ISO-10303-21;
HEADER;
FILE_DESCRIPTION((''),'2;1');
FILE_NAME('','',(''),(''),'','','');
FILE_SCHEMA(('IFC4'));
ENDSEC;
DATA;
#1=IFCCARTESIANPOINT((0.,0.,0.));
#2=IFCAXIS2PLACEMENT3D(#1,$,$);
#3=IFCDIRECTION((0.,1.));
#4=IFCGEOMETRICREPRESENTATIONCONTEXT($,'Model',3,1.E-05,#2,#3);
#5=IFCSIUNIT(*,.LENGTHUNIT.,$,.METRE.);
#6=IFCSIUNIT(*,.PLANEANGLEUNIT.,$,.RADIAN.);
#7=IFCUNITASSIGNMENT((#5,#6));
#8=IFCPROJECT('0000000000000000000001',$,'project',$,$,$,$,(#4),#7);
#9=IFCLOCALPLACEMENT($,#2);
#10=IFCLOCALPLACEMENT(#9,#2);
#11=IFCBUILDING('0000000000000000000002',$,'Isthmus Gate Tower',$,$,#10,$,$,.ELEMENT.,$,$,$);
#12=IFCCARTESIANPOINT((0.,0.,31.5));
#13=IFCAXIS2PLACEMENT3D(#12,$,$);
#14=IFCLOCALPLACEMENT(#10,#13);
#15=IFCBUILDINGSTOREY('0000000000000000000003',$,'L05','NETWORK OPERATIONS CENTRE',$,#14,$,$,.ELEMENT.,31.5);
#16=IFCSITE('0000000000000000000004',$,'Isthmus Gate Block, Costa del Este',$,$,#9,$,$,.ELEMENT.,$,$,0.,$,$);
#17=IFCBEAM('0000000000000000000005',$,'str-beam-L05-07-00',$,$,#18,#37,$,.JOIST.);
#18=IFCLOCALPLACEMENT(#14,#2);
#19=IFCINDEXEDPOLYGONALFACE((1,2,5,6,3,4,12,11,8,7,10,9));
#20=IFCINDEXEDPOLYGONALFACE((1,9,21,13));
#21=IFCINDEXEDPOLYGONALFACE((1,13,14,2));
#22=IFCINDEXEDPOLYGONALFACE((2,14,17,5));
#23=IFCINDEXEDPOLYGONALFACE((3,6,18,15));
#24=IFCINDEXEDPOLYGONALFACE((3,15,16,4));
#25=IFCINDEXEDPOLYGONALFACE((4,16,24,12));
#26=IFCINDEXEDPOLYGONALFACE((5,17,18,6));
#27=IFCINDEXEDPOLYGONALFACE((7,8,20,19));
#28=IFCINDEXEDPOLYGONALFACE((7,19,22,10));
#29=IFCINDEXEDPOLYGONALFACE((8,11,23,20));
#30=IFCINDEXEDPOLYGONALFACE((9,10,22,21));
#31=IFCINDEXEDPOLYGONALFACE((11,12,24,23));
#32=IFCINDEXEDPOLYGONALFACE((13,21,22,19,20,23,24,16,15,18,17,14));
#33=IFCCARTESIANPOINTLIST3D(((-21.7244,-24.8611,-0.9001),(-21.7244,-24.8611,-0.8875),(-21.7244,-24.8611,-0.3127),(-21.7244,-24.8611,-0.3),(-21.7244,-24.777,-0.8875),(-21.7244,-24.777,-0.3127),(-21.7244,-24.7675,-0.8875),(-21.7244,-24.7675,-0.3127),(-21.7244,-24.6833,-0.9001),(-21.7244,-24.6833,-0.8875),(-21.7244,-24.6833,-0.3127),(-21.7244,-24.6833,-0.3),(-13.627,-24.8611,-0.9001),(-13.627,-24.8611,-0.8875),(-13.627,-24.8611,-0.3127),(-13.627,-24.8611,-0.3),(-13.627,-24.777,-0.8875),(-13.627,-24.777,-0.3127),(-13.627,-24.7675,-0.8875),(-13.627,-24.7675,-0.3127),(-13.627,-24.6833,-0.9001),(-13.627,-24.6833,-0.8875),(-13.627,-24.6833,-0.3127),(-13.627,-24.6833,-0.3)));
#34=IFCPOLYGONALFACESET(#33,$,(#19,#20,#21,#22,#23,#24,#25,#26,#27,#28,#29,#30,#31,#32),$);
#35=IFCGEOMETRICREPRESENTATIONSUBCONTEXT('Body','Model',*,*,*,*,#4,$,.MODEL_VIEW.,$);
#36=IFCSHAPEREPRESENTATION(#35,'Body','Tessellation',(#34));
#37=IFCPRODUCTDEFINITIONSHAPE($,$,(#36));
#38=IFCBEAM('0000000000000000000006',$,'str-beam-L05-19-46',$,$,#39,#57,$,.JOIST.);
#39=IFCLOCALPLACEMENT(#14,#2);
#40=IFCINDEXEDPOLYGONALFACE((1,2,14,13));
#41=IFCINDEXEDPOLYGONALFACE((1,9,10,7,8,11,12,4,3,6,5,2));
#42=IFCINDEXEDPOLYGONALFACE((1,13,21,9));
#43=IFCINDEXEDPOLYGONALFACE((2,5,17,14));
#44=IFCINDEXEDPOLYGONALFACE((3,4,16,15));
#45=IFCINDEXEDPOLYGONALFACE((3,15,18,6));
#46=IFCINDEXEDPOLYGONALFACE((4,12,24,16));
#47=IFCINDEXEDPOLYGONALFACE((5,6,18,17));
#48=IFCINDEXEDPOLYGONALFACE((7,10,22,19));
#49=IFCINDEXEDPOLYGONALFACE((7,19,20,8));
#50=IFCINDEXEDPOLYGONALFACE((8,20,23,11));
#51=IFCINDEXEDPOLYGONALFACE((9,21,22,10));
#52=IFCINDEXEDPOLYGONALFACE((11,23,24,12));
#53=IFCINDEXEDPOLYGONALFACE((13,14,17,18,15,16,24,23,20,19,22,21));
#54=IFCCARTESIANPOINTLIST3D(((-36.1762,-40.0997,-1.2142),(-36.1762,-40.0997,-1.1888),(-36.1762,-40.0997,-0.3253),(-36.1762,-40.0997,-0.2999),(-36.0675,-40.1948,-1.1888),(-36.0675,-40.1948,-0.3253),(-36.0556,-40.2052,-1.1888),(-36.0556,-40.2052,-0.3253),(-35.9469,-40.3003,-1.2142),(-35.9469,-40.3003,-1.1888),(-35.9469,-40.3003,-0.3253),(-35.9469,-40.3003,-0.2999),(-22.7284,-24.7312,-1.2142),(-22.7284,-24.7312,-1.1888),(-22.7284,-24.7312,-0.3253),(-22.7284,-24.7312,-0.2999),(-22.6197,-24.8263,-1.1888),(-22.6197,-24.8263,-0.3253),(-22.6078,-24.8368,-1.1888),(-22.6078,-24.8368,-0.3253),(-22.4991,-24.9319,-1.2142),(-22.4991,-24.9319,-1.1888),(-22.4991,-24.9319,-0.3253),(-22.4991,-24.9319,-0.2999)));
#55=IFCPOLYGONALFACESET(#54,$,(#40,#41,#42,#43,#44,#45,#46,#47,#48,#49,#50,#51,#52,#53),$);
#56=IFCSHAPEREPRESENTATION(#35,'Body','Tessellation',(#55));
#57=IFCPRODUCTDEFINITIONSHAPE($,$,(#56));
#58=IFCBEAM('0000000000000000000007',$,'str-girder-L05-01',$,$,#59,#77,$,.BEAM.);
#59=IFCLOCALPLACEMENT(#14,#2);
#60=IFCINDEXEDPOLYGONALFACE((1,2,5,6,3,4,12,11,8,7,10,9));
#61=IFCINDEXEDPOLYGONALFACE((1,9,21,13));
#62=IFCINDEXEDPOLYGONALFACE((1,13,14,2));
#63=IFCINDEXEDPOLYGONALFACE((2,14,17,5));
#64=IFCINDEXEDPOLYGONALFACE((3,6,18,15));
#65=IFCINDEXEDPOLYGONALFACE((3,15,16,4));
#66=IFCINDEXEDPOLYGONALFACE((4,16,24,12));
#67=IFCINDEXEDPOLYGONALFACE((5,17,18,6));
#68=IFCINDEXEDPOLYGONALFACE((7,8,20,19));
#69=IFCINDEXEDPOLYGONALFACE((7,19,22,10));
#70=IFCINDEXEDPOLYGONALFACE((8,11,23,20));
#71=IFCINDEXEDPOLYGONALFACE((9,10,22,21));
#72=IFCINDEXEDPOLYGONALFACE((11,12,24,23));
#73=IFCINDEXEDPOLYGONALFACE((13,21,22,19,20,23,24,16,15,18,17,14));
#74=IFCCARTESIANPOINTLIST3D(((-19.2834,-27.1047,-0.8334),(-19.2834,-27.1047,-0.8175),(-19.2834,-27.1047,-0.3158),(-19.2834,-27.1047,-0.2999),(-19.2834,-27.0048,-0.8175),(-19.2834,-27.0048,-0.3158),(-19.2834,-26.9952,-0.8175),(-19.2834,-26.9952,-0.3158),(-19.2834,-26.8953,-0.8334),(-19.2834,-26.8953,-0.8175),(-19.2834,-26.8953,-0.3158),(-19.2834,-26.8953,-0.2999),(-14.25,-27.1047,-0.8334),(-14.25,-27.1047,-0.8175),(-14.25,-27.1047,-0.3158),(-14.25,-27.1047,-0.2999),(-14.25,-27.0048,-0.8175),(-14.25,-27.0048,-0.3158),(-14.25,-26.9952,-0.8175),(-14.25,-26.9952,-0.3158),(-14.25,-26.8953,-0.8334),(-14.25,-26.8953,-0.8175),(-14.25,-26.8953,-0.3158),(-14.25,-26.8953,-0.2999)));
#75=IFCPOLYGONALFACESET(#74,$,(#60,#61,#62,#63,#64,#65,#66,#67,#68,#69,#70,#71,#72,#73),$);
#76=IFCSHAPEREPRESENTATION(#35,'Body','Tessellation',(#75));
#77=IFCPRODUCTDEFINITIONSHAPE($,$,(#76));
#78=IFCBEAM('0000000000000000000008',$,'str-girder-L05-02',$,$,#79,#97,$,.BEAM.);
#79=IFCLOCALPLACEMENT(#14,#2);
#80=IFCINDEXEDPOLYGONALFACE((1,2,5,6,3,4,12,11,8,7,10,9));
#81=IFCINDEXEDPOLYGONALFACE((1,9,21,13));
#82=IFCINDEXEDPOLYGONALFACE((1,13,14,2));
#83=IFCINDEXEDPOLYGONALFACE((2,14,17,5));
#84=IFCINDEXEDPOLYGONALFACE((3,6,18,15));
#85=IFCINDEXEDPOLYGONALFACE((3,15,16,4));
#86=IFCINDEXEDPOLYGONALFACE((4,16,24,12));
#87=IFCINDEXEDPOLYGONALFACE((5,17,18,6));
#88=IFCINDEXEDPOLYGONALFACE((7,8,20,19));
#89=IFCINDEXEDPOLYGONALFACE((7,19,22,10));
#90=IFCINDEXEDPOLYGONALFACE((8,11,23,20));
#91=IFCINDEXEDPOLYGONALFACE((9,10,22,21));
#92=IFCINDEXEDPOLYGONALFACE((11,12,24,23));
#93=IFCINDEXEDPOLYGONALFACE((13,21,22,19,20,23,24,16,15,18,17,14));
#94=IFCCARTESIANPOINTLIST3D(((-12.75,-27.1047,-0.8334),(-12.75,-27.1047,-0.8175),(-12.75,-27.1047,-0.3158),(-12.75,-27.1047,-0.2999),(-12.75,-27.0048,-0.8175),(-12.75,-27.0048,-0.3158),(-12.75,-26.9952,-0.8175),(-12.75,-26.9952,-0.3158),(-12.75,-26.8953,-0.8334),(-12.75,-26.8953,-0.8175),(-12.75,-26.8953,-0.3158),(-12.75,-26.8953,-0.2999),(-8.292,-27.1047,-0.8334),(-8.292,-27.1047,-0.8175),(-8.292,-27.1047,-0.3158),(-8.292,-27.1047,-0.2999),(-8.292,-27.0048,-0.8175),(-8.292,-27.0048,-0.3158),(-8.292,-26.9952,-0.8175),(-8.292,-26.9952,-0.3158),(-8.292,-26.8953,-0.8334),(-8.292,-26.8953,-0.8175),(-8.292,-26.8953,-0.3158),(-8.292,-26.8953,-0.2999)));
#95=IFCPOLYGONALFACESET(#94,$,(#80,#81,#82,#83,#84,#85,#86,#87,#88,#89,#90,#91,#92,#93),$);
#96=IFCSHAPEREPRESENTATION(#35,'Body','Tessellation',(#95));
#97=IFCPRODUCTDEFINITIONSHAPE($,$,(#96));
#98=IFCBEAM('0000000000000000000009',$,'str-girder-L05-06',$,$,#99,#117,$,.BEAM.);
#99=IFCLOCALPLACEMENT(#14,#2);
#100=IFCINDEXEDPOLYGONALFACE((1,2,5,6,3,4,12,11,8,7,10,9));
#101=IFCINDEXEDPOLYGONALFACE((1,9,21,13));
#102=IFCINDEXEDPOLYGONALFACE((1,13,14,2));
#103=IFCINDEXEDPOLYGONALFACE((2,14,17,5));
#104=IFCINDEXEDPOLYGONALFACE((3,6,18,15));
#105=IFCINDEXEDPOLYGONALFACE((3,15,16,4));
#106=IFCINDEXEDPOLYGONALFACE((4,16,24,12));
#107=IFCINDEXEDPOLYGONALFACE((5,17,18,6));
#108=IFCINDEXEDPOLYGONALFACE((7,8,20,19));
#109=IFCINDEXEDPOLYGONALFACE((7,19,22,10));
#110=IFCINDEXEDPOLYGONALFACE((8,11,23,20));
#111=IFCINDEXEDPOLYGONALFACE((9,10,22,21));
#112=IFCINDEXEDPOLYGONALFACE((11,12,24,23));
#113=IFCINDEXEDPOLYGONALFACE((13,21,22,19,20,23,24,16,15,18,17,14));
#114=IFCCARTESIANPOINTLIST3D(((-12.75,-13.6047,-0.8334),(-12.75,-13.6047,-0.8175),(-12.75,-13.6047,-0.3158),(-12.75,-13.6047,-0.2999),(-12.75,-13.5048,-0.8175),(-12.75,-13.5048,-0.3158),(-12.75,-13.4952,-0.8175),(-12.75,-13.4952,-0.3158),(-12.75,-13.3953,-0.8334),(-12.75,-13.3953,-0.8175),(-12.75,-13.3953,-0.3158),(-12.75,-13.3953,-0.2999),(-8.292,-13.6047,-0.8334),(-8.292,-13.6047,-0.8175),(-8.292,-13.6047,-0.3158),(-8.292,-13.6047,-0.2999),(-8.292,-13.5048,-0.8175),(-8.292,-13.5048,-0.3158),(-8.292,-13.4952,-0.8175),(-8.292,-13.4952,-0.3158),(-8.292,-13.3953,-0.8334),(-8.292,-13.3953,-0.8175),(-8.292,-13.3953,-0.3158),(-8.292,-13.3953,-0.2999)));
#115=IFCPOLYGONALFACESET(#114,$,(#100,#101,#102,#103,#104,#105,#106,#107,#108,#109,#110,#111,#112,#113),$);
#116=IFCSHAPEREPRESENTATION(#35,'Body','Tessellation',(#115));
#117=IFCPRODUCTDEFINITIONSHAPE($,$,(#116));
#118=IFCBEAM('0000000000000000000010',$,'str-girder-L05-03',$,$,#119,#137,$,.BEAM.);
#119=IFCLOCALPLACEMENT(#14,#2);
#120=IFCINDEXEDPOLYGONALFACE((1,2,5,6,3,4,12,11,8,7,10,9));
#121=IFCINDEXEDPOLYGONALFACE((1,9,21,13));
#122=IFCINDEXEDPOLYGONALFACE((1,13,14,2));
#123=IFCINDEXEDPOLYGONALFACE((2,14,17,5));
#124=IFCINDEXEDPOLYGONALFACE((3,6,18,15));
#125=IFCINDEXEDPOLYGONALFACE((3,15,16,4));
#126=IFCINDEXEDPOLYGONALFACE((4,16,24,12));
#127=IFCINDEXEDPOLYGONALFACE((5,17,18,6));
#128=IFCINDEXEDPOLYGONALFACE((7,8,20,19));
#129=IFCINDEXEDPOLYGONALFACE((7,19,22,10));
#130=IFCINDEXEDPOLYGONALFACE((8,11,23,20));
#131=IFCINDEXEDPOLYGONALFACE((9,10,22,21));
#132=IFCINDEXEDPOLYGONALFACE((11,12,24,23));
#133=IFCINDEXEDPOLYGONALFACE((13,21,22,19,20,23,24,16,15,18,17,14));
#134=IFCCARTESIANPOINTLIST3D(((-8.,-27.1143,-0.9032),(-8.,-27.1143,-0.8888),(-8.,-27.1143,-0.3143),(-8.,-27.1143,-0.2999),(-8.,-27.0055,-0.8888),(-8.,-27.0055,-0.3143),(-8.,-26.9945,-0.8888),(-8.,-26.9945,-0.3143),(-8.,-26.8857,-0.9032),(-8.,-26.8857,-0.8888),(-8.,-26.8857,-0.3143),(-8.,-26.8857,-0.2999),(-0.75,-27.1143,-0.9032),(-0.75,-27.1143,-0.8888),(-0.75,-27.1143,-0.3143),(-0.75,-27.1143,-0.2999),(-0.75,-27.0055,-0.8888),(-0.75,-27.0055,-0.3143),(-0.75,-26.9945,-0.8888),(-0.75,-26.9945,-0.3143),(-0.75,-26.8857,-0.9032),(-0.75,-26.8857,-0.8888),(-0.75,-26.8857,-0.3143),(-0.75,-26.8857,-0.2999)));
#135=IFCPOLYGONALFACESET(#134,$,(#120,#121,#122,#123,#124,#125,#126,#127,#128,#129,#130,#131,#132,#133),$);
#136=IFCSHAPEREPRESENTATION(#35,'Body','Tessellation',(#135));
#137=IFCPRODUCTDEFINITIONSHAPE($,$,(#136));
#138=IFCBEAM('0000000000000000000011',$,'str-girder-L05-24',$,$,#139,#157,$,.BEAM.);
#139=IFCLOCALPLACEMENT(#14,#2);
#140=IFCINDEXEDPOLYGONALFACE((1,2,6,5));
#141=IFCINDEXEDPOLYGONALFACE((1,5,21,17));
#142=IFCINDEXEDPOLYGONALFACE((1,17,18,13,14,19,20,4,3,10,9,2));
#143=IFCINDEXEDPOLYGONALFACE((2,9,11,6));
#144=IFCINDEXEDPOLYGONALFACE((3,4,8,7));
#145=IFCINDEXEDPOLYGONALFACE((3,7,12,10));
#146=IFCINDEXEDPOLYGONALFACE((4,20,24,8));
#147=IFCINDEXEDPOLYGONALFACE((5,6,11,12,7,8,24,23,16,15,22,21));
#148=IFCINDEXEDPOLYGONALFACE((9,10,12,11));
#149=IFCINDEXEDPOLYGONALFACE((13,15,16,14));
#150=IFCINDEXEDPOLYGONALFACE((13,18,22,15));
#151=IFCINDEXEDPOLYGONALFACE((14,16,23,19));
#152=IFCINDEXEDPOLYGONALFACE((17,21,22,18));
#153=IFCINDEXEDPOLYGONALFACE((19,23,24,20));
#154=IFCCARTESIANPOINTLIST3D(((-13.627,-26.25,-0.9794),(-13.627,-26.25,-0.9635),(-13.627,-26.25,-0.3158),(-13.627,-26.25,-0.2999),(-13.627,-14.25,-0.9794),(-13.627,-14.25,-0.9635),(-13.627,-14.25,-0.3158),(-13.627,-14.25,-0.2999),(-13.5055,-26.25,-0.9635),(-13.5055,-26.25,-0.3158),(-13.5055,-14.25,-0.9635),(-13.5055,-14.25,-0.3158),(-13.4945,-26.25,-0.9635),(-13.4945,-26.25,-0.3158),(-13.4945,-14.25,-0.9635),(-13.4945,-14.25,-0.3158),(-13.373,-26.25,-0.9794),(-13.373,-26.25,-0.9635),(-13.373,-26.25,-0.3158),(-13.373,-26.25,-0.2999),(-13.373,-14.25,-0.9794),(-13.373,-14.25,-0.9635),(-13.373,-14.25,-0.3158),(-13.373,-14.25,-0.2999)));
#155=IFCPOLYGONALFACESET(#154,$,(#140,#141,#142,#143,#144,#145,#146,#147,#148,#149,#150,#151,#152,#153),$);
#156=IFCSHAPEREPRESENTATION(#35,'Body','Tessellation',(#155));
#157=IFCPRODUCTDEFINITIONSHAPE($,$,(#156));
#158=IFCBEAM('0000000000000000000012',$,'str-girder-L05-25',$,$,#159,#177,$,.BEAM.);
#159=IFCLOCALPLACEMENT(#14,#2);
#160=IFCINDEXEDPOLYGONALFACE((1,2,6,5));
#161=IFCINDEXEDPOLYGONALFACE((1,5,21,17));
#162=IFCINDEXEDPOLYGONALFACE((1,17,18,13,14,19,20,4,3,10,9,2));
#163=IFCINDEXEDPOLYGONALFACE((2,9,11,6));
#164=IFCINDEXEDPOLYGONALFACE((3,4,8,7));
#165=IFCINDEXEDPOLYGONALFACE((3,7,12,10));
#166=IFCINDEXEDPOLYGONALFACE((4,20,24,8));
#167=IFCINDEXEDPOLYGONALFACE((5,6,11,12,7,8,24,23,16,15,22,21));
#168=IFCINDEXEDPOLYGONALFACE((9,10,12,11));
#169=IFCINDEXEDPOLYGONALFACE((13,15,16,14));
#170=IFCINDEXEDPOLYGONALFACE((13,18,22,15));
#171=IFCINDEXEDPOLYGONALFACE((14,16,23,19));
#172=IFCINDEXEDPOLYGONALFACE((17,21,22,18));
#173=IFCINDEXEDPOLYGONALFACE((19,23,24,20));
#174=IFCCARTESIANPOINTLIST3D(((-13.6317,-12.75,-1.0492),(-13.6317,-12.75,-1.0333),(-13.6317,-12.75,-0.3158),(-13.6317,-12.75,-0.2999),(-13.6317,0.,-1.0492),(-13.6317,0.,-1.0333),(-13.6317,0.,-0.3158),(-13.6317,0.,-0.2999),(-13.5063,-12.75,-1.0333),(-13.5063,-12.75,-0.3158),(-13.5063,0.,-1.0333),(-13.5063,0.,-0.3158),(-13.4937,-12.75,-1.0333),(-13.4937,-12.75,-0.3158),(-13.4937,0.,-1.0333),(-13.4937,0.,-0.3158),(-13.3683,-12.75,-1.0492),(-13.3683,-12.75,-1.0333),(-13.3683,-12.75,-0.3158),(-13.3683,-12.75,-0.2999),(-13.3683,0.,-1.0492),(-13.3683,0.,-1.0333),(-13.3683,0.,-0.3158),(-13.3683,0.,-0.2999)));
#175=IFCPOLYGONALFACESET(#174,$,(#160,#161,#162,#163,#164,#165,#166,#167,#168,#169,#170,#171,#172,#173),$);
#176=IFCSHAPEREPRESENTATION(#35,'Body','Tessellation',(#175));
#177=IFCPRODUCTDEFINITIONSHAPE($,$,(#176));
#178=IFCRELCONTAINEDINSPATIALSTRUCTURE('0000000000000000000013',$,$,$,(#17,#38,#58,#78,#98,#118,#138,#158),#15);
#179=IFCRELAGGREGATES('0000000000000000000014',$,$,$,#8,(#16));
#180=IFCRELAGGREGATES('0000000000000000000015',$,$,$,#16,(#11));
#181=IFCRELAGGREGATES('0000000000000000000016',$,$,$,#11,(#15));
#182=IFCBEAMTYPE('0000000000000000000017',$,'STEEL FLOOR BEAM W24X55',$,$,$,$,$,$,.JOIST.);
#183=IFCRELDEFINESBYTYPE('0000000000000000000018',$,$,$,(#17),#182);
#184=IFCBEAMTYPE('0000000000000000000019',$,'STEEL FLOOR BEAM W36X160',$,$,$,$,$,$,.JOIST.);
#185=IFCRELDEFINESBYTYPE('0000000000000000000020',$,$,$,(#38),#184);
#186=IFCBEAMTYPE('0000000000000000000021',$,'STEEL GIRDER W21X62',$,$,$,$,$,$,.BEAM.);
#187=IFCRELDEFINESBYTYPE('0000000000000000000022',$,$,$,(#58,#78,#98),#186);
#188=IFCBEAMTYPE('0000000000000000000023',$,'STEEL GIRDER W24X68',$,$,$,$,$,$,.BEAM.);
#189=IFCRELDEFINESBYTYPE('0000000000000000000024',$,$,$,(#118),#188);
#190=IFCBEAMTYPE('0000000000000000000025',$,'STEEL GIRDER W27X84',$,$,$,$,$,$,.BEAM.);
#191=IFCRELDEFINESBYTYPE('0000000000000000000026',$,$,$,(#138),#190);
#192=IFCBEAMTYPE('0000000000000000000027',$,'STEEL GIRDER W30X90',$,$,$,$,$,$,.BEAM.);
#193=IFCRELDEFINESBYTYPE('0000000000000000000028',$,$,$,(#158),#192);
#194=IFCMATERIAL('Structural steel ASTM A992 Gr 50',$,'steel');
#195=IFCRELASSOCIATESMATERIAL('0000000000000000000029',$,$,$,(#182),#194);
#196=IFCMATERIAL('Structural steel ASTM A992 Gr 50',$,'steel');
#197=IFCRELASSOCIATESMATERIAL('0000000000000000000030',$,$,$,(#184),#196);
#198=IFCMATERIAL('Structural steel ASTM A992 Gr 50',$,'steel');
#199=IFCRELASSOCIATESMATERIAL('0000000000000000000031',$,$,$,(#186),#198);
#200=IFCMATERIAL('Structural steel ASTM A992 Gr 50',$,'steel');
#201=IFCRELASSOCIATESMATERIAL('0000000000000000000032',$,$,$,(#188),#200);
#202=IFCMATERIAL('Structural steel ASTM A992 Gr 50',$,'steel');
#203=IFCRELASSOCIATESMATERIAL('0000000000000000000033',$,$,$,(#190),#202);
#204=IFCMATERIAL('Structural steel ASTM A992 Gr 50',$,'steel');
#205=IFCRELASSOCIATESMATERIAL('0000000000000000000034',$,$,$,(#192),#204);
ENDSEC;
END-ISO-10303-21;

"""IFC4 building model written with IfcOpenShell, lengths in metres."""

from ifc_helpers import new_model, si_unit, direction, frame, origin, origin_2d, place, context, subcontext, project, spatial, i_section, extrude, material, material_profile, profile_set, type_object, element, save


model = new_model("IFC4")

# Units and contexts
model_context = context("Model", 3, precision=1e-05, world=origin(), true_north=direction((0.0, 1.0)))
body_context = subcontext(model_context, "Body", "Model", "MODEL_VIEW")
ifc_project = project(units=[si_unit("LENGTHUNIT", "METRE"), si_unit("PLANEANGLEUNIT", "RADIAN")], contexts=[model_context])

# Site, building, storey
site_placement = place(None, origin())
site = spatial("IfcSite", under=ifc_project, at=site_placement, Name="Isthmus Gate Block, Costa del Este", CompositionType="ELEMENT", RefElevation=0.0)
building_placement = place(site_placement, origin())
building = spatial("IfcBuilding", under=site, at=building_placement, Name="Isthmus Gate Tower", CompositionType="ELEMENT")
storey_placement = place(building_placement, frame((0.0, 0.0, 31.5)))
storey = spatial("IfcBuildingStorey", under=building, at=storey_placement, Name="L05", Description="NETWORK OPERATIONS CENTRE", CompositionType="ELEMENT", Elevation=31.5)

# Beams
ifc_material_1 = material(Name="Structural steel ASTM A992 Gr 50", Category="steel")
ifc_material_profile_1 = material_profile(ifc_material_1, i_section(OverallWidth=0.1777, OverallDepth=0.6001, WebThickness=0.0095, FlangeThickness=0.0127, at=origin_2d()), Name="W24X55")
ifc_profile_set_1 = profile_set([ifc_material_profile_1], Name="Structural steel ASTM A992 Gr 50")
beam_type_1 = type_object("IfcBeamType", Name="STEEL FLOOR BEAM W24X55", PredefinedType="JOIST", material=ifc_profile_set_1)
beam_1_placement = place(storey_placement, frame((-21.7244, -24.7722, -0.6001), z_axis=(1.0, 0.0, 0.0), x_axis=(0.0, 1.0, 0.0)))
element("IfcBeam", 1, at=beam_1_placement, inside=storey, type_object=beam_type_1, Name="str-beam-L05-07-00", PredefinedType="JOIST", context=body_context, shape_type="SweptSolid", body=[
    extrude(i_section(OverallWidth=0.1777, OverallDepth=0.6001, WebThickness=0.0095, FlangeThickness=0.0127, at=origin_2d()), origin(), (0.0, 0.0, 1.0), 8.0974),
])
ifc_material_2 = material(Name="Structural steel ASTM A992 Gr 50", Category="steel")
ifc_material_profile_2 = material_profile(ifc_material_2, i_section(OverallWidth=0.3047, OverallDepth=0.9143, WebThickness=0.0159, FlangeThickness=0.0254, at=origin_2d()), Name="W36X160")
ifc_profile_set_2 = profile_set([ifc_material_profile_2], Name="Structural steel ASTM A992 Gr 50")
beam_type_2 = type_object("IfcBeamType", Name="STEEL FLOOR BEAM W36X160", PredefinedType="JOIST", material=ifc_profile_set_2)
beam_2_placement = place(storey_placement, frame((-22.6138, -24.8315, -0.7571), z_axis=(-0.658516, -0.752567, 0.0), x_axis=(0.752567, -0.658516, 0.0)))
element("IfcBeam", 2, at=beam_2_placement, inside=storey, type_object=beam_type_2, Name="str-beam-L05-19-46", PredefinedType="JOIST", context=body_context, shape_type="SweptSolid", body=[
    extrude(i_section(OverallWidth=0.3047, OverallDepth=0.9143, WebThickness=0.0159, FlangeThickness=0.0254, at=origin_2d()), origin(), (0.0, 0.0, 1.0), 20.4214),
])
ifc_material_3 = material(Name="Structural steel ASTM A992 Gr 50", Category="steel")
ifc_material_profile_3 = material_profile(ifc_material_3, i_section(OverallWidth=0.2095, OverallDepth=0.5334, WebThickness=0.0095, FlangeThickness=0.0159, at=origin_2d()), Name="W21X62")
ifc_profile_set_3 = profile_set([ifc_material_profile_3], Name="Structural steel ASTM A992 Gr 50")
beam_type_3 = type_object("IfcBeamType", Name="STEEL GIRDER W21X62", PredefinedType="BEAM", material=ifc_profile_set_3)
beam_3_placement = place(storey_placement, frame((-19.2834, -27.0, -0.5667), z_axis=(1.0, 0.0, 0.0), x_axis=(0.0, 1.0, 0.0)))
element("IfcBeam", 3, at=beam_3_placement, inside=storey, type_object=beam_type_3, Name="str-girder-L05-01", PredefinedType="BEAM", context=body_context, shape_type="SweptSolid", body=[
    extrude(i_section(OverallWidth=0.2095, OverallDepth=0.5334, WebThickness=0.0095, FlangeThickness=0.0159, at=origin_2d()), origin(), (0.0, 0.0, 1.0), 5.0334),
])
for number, where, z_axis, x_axis, name in (
    (4, (-12.75, -27.0, -0.5667), (1.0, 0.0, 0.0), (0.0, 1.0, 0.0), "str-girder-L05-02"),
    (5, (-12.75, -13.5, -0.5667), (1.0, 0.0, 0.0), (0.0, 1.0, 0.0), "str-girder-L05-06"),
):
    element("IfcBeam", number, at=place(storey_placement, frame(where, z_axis=z_axis, x_axis=x_axis)), inside=storey, type_object=beam_type_3, Name=name, PredefinedType="BEAM", context=body_context, shape_type="SweptSolid", body=[
        extrude(i_section(OverallWidth=0.2095, OverallDepth=0.5334, WebThickness=0.0095, FlangeThickness=0.0159, at=origin_2d()), origin(), (0.0, 0.0, 1.0), 4.458),
    ])
ifc_material_4 = material(Name="Structural steel ASTM A992 Gr 50", Category="steel")
ifc_material_profile_4 = material_profile(ifc_material_4, i_section(OverallWidth=0.2285, OverallDepth=0.6033, WebThickness=0.011, FlangeThickness=0.0144, at=origin_2d()), Name="W24X68")
ifc_profile_set_4 = profile_set([ifc_material_profile_4], Name="Structural steel ASTM A992 Gr 50")
beam_type_4 = type_object("IfcBeamType", Name="STEEL GIRDER W24X68", PredefinedType="BEAM", material=ifc_profile_set_4)
beam_4_placement = place(storey_placement, frame((-8.0, -27.0, -0.6016), z_axis=(1.0, 0.0, 0.0), x_axis=(0.0, 1.0, 0.0)))
element("IfcBeam", 6, at=beam_4_placement, inside=storey, type_object=beam_type_4, Name="str-girder-L05-03", PredefinedType="BEAM", context=body_context, shape_type="SweptSolid", body=[
    extrude(i_section(OverallWidth=0.2285, OverallDepth=0.6033, WebThickness=0.011, FlangeThickness=0.0144, at=origin_2d()), origin(), (0.0, 0.0, 1.0), 7.25),
])
ifc_material_5 = material(Name="Structural steel ASTM A992 Gr 50", Category="steel")
ifc_material_profile_5 = material_profile(ifc_material_5, i_section(OverallWidth=0.2539, OverallDepth=0.6794, WebThickness=0.011, FlangeThickness=0.0159, at=origin_2d()), Name="W27X84")
ifc_profile_set_5 = profile_set([ifc_material_profile_5], Name="Structural steel ASTM A992 Gr 50")
beam_type_5 = type_object("IfcBeamType", Name="STEEL GIRDER W27X84", PredefinedType="BEAM", material=ifc_profile_set_5)
beam_5_placement = place(storey_placement, frame((-13.5, -26.25, -0.6396), z_axis=(0.0, 1.0, 0.0), x_axis=(-1.0, 0.0, 0.0)))
element("IfcBeam", 7, at=beam_5_placement, inside=storey, type_object=beam_type_5, Name="str-girder-L05-24", PredefinedType="BEAM", context=body_context, shape_type="SweptSolid", body=[
    extrude(i_section(OverallWidth=0.2539, OverallDepth=0.6794, WebThickness=0.011, FlangeThickness=0.0159, at=origin_2d()), origin(), (0.0, 0.0, 1.0), 12.0),
])
ifc_material_6 = material(Name="Structural steel ASTM A992 Gr 50", Category="steel")
ifc_material_profile_6 = material_profile(ifc_material_6, i_section(OverallWidth=0.2634, OverallDepth=0.7493, WebThickness=0.0127, FlangeThickness=0.0159, at=origin_2d()), Name="W30X90")
ifc_profile_set_6 = profile_set([ifc_material_profile_6], Name="Structural steel ASTM A992 Gr 50")
beam_type_6 = type_object("IfcBeamType", Name="STEEL GIRDER W30X90", PredefinedType="BEAM", material=ifc_profile_set_6)
beam_6_placement = place(storey_placement, frame((-13.5, -12.75, -0.6746), z_axis=(0.0, 1.0, 0.0), x_axis=(-1.0, 0.0, 0.0)))
element("IfcBeam", 8, at=beam_6_placement, inside=storey, type_object=beam_type_6, Name="str-girder-L05-25", PredefinedType="BEAM", context=body_context, shape_type="SweptSolid", body=[
    extrude(i_section(OverallWidth=0.2634, OverallDepth=0.7493, WebThickness=0.0127, FlangeThickness=0.0159, at=origin_2d()), origin(), (0.0, 0.0, 1.0), 12.75),
])

save(model, "model.ifc")
